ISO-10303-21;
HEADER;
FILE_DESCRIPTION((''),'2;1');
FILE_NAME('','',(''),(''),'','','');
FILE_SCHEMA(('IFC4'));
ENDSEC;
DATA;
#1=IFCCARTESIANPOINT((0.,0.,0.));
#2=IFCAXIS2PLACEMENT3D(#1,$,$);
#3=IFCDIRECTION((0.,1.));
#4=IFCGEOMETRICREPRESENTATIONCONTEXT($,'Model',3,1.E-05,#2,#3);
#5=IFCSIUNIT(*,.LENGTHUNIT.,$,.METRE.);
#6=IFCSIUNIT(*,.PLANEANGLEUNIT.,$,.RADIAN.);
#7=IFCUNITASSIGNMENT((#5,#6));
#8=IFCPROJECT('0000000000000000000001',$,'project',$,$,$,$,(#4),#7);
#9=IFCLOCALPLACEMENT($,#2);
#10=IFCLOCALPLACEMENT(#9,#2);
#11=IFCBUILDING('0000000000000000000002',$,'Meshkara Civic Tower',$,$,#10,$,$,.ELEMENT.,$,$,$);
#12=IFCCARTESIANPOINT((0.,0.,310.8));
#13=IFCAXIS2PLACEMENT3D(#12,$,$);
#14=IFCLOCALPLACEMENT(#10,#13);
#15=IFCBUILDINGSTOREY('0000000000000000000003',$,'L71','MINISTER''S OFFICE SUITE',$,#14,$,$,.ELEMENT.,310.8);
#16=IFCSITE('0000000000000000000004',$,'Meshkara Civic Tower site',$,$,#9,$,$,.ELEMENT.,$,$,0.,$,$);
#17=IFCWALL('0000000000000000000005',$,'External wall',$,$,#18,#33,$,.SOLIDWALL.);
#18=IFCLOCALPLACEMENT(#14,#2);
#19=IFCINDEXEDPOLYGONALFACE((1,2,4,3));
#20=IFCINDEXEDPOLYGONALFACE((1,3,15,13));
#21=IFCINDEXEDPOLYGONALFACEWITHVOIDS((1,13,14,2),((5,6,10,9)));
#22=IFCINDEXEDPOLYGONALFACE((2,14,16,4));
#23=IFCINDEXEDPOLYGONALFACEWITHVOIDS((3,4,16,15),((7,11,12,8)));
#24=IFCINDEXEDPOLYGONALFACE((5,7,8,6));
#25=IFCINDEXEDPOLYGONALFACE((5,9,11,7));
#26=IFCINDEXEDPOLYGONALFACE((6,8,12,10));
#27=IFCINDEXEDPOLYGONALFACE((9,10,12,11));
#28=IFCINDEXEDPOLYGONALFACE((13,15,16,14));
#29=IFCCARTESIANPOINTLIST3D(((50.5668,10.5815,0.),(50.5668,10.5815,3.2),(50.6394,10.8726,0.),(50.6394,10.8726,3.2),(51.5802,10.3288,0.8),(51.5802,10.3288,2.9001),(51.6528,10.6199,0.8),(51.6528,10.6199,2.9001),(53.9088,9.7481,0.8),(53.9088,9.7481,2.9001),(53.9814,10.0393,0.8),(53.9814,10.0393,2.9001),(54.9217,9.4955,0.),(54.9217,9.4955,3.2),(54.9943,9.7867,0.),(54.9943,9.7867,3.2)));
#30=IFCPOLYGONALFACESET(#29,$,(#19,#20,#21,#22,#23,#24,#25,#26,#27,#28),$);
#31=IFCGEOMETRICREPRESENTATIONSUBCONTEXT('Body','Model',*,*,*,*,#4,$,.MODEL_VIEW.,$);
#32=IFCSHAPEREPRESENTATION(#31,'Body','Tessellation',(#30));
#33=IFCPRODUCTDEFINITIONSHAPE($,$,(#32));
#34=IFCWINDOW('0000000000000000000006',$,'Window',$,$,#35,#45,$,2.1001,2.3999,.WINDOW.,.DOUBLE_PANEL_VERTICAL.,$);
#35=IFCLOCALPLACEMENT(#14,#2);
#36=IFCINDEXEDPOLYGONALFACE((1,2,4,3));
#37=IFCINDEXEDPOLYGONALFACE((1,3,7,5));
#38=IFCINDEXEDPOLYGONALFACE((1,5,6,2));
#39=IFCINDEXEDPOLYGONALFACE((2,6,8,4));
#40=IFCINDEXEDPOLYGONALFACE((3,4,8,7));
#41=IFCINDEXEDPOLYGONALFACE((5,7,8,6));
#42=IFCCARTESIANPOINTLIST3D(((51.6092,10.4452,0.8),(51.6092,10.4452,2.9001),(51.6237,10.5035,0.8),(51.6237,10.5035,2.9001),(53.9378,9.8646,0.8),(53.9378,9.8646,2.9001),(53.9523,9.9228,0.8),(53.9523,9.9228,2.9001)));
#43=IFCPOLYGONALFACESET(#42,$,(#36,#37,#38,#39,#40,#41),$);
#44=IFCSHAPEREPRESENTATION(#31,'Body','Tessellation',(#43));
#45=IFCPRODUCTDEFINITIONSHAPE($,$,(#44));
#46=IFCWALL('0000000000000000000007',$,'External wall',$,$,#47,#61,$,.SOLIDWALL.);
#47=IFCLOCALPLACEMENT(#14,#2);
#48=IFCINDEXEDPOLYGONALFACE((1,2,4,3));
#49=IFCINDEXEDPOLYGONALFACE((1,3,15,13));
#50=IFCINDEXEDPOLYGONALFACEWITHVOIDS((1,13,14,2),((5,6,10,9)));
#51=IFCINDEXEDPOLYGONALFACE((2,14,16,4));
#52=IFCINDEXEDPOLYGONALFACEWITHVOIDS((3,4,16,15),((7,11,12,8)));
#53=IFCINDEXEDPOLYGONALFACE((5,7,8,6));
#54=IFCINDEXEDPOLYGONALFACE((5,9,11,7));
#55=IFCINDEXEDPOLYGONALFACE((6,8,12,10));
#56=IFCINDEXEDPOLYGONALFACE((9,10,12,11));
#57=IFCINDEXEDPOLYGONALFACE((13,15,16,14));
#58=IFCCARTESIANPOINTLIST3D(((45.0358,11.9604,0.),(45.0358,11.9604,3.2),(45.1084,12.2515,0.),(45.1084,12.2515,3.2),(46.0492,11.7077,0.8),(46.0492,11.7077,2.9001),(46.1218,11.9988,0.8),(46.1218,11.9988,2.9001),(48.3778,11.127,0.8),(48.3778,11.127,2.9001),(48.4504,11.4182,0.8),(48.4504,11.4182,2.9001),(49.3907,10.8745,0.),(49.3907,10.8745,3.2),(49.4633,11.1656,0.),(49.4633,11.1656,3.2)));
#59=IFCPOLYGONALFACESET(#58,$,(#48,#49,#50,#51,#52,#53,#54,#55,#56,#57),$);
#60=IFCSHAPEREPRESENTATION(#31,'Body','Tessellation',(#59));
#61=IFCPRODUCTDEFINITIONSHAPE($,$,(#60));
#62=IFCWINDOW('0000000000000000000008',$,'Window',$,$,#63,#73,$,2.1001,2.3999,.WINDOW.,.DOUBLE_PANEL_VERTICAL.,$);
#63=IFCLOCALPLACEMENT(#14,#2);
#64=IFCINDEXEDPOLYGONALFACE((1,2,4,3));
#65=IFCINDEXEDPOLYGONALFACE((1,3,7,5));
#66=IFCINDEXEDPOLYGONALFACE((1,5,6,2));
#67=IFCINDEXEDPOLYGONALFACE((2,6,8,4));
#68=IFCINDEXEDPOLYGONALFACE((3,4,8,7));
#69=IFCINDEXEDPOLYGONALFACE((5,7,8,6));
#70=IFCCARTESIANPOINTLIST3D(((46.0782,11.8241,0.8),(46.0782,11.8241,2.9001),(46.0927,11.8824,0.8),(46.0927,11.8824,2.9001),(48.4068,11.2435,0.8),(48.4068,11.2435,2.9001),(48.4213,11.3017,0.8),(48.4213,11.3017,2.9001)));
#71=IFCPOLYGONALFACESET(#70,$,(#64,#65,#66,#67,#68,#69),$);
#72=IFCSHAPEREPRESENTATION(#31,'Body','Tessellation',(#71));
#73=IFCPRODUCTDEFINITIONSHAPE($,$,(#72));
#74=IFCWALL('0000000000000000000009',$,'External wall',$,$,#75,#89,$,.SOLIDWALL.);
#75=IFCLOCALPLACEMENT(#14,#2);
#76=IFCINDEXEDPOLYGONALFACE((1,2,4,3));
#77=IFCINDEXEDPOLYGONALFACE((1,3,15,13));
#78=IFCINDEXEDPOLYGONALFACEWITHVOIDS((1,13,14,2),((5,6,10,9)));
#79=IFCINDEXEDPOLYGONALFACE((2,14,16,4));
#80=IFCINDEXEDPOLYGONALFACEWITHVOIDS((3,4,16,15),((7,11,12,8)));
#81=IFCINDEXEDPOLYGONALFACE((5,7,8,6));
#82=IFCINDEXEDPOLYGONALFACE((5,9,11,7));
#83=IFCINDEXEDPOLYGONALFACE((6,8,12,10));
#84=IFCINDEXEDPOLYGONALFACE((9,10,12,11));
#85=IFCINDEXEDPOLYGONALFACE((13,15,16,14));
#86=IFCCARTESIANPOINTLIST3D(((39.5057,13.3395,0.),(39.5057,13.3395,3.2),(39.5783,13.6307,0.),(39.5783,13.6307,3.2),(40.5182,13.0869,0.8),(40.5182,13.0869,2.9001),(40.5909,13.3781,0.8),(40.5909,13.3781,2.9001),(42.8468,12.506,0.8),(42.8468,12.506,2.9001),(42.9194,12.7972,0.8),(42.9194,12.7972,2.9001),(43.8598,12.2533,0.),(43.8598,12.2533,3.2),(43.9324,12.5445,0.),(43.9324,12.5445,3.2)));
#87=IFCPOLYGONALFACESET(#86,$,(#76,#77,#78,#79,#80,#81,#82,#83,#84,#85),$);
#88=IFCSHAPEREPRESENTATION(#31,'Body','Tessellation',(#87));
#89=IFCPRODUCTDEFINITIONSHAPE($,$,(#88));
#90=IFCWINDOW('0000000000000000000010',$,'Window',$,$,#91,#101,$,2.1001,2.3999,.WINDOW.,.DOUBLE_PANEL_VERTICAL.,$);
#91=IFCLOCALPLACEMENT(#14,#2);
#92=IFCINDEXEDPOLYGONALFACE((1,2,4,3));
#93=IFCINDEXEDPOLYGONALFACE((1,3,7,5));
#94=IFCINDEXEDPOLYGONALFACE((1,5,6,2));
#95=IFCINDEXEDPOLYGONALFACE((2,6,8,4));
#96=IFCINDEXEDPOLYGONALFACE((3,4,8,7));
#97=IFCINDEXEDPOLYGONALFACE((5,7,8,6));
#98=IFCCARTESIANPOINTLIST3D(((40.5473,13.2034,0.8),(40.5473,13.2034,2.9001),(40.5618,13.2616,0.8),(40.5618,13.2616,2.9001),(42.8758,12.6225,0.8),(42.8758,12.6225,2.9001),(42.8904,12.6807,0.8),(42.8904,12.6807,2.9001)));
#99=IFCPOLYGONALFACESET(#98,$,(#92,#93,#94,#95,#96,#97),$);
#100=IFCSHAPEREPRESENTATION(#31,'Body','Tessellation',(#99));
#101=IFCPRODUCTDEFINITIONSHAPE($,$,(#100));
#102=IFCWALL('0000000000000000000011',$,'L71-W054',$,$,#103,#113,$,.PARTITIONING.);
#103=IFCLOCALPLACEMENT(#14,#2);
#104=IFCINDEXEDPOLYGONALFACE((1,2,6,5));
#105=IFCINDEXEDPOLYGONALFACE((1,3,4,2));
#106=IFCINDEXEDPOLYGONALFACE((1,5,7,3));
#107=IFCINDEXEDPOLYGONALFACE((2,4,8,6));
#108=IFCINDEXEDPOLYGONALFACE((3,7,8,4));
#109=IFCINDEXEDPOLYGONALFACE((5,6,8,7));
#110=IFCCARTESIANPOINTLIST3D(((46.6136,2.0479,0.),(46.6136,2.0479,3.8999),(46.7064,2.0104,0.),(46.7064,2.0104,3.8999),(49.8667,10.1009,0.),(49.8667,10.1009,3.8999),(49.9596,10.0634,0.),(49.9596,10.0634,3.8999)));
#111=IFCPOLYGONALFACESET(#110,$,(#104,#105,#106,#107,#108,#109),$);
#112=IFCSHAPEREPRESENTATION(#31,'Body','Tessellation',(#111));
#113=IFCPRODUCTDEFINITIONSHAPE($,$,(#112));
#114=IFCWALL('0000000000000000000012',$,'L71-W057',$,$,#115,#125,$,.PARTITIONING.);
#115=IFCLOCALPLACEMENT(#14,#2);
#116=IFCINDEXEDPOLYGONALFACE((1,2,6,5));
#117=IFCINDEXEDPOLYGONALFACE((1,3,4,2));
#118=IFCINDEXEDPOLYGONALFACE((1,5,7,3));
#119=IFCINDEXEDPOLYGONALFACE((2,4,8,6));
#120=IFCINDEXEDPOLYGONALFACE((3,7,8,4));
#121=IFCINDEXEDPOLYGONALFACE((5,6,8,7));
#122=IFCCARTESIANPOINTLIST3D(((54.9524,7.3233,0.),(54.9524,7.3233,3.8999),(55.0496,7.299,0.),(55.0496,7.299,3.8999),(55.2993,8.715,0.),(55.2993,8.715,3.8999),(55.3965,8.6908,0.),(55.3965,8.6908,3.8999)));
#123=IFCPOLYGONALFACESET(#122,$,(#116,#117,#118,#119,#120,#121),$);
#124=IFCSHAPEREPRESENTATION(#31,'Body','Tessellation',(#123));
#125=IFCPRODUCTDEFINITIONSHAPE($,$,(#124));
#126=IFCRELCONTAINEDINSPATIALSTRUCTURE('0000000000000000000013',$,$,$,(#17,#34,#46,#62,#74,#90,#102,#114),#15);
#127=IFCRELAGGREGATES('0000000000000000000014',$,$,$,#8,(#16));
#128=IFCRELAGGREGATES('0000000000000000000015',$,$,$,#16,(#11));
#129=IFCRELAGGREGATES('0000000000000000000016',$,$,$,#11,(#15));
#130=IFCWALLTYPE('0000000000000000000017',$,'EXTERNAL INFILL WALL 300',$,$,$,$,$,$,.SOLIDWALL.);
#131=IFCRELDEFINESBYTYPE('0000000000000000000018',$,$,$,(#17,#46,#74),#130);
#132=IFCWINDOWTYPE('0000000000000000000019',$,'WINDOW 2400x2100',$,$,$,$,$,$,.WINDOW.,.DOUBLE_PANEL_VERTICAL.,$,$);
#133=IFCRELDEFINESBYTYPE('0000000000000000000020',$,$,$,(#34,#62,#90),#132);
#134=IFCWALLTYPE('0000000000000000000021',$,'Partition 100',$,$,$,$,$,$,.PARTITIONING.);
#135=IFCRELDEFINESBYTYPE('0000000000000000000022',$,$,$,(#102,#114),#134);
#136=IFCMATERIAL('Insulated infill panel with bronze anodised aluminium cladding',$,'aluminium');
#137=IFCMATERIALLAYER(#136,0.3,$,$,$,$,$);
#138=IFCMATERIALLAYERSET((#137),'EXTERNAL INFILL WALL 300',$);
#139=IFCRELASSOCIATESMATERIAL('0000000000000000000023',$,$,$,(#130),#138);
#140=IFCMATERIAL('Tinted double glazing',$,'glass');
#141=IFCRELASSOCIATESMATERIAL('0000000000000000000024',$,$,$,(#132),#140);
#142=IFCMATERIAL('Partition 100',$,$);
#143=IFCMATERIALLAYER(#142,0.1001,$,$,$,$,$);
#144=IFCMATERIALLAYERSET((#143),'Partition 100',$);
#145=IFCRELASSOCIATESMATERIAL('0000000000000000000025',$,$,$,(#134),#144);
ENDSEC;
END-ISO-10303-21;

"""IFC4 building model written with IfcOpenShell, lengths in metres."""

from ifc_helpers import new_model, si_unit, direction, frame, frame_2d, origin, place, context, subcontext, project, spatial, rectangle, extrude, material, layer, layer_set, type_object, element, fill, save


model = new_model("IFC4")

# Units and contexts
model_context = context("Model", 3, precision=1e-05, world=origin(), true_north=direction((0.0, 1.0)))
body_context = subcontext(model_context, "Body", "Model", "MODEL_VIEW")
ifc_project = project(units=[si_unit("LENGTHUNIT", "METRE"), si_unit("PLANEANGLEUNIT", "RADIAN")], contexts=[model_context])

# Site, building, storey
site_placement = place(None, origin())
site = spatial("IfcSite", under=ifc_project, at=site_placement, Name="Meshkara Civic Tower site", CompositionType="ELEMENT", RefElevation=0.0)
building_placement = place(site_placement, origin())
building = spatial("IfcBuilding", under=site, at=building_placement, Name="Meshkara Civic Tower", CompositionType="ELEMENT")
storey_placement = place(building_placement, frame((0.0, 0.0, 310.8)))
storey = spatial("IfcBuildingStorey", under=building, at=storey_placement, Name="L71", Description="MINISTER'S OFFICE SUITE", CompositionType="ELEMENT", Elevation=310.8)

# Walls, openings, windows
ifc_material_1 = material(Name="Insulated infill panel with bronze anodised aluminium cladding", Category="aluminium")
ifc_layer_1 = layer(ifc_material_1, 0.3)
ifc_layer_set_1 = layer_set([ifc_layer_1], Name="EXTERNAL INFILL WALL 300")
wall_type_1 = type_object("IfcWallType", Name="EXTERNAL INFILL WALL 300", PredefinedType="SOLIDWALL", material=ifc_layer_set_1)
wall_1_placement = place(storey_placement, frame((54.958, 9.6411, 0.0), z_axis=(0.0, 0.0, 1.0), x_axis=(-0.97029, 0.241947, 0.0)))
wall_1 = element("IfcWall", 1, at=wall_1_placement, inside=storey, type_object=wall_type_1, Name="External wall", PredefinedType="SOLIDWALL", context=body_context, shape_type="SweptSolid", body=[
    extrude(rectangle(XDim=4.4883, YDim=0.3, at=frame_2d((2.2441, 0.0))), origin(), (0.0, 0.0, 1.0), 3.2),
])
opening_1_placement = place(wall_1_placement, frame((1.0439, 0.0, 0.8)))
opening_1 = element("IfcOpeningElement", 2, at=opening_1_placement, cuts=wall_1, PredefinedType="OPENING", context=body_context, shape_type="SweptSolid", body=[
    extrude(rectangle(XDim=2.3999, YDim=2.1001, at=frame_2d((1.2, 1.05))), frame((0.0, 0.1599, 0.0), z_axis=(0.0, -1.0, 0.0), x_axis=(1.0, 0.0, 0.0)), (0.0, 0.0, 1.0), 0.3201),
])
ifc_material_2 = material(Name="Tinted double glazing", Category="glass")
window_type = type_object("IfcWindowType", Name="WINDOW 2400x2100", PartitioningType="DOUBLE_PANEL_VERTICAL", PredefinedType="WINDOW", material=ifc_material_2)
window_1_placement = place(opening_1_placement, origin())
window_1 = element("IfcWindow", 3, at=window_1_placement, inside=storey, type_object=window_type, Name="Window", OverallHeight=2.1001, OverallWidth=2.3999, PartitioningType="DOUBLE_PANEL_VERTICAL", PredefinedType="WINDOW", context=body_context, shape_type="SweptSolid", body=[
    extrude(rectangle(XDim=2.3999, YDim=2.1001, at=frame_2d((1.2, 1.05))), frame((0.0, 0.03, 0.0), z_axis=(0.0, -1.0, 0.0), x_axis=(1.0, 0.0, 0.0)), (0.0, 0.0, 1.0), 0.0601),
])
fill(opening_1, window_1)
wall_2_placement = place(storey_placement, frame((49.427, 11.02, 0.0), z_axis=(0.0, 0.0, 1.0), x_axis=(-0.97029, 0.241947, 0.0)))
wall_2 = element("IfcWall", 4, at=wall_2_placement, inside=storey, type_object=wall_type_1, Name="External wall", PredefinedType="SOLIDWALL", context=body_context, shape_type="SweptSolid", body=[
    extrude(rectangle(XDim=4.4883, YDim=0.3, at=frame_2d((2.2441, 0.0))), origin(), (0.0, 0.0, 1.0), 3.2),
])
opening_2_placement = place(wall_2_placement, frame((1.0439, 0.0, 0.8)))
opening_2 = element("IfcOpeningElement", 5, at=opening_2_placement, cuts=wall_2, PredefinedType="OPENING", context=body_context, shape_type="SweptSolid", body=[
    extrude(rectangle(XDim=2.3999, YDim=2.1001, at=frame_2d((1.2, 1.05))), frame((0.0, 0.1599, 0.0), z_axis=(0.0, -1.0, 0.0), x_axis=(1.0, 0.0, 0.0)), (0.0, 0.0, 1.0), 0.3201),
])
window_2_placement = place(opening_2_placement, origin())
window_2 = element("IfcWindow", 6, at=window_2_placement, inside=storey, type_object=window_type, Name="Window", OverallHeight=2.1001, OverallWidth=2.3999, PartitioningType="DOUBLE_PANEL_VERTICAL", PredefinedType="WINDOW", context=body_context, shape_type="SweptSolid", body=[
    extrude(rectangle(XDim=2.3999, YDim=2.1001, at=frame_2d((1.2, 1.05))), frame((0.0, 0.03, 0.0), z_axis=(0.0, -1.0, 0.0), x_axis=(1.0, 0.0, 0.0)), (0.0, 0.0, 1.0), 0.0601),
])
fill(opening_2, window_2)
wall_3_placement = place(storey_placement, frame((43.896, 12.3989, 0.0), z_axis=(0.0, 0.0, 1.0), x_axis=(-0.970264, 0.242049, 0.0)))
wall_3 = element("IfcWall", 7, at=wall_3_placement, inside=storey, type_object=wall_type_1, Name="External wall", PredefinedType="SOLIDWALL", context=body_context, shape_type="SweptSolid", body=[
    extrude(rectangle(XDim=4.4875, YDim=0.3, at=frame_2d((2.2437, 0.0))), origin(), (0.0, 0.0, 1.0), 3.2),
])
opening_3_placement = place(wall_3_placement, frame((1.0439, 0.0, 0.8)))
opening_3 = element("IfcOpeningElement", 8, at=opening_3_placement, cuts=wall_3, PredefinedType="OPENING", context=body_context, shape_type="SweptSolid", body=[
    extrude(rectangle(XDim=2.3999, YDim=2.1001, at=frame_2d((1.2, 1.05))), frame((0.0, 0.1599, 0.0), z_axis=(0.0, -1.0, 0.0), x_axis=(1.0, 0.0, 0.0)), (0.0, 0.0, 1.0), 0.3201),
])
window_3_placement = place(opening_3_placement, origin())
window_3 = element("IfcWindow", 9, at=window_3_placement, inside=storey, type_object=window_type, Name="Window", OverallHeight=2.1001, OverallWidth=2.3999, PartitioningType="DOUBLE_PANEL_VERTICAL", PredefinedType="WINDOW", context=body_context, shape_type="SweptSolid", body=[
    extrude(rectangle(XDim=2.3999, YDim=2.1001, at=frame_2d((1.2, 1.05))), frame((0.0, 0.03, 0.0), z_axis=(0.0, -1.0, 0.0), x_axis=(1.0, 0.0, 0.0)), (0.0, 0.0, 1.0), 0.0601),
])
fill(opening_3, window_3)

# Walls
ifc_material_3 = material(Name="Partition 100")
ifc_layer_2 = layer(ifc_material_3, 0.1001)
ifc_layer_set_2 = layer_set([ifc_layer_2], Name="Partition 100")
wall_type_2 = type_object("IfcWallType", Name="Partition 100", PredefinedType="PARTITIONING", material=ifc_layer_set_2)
wall_4_placement = place(storey_placement, frame((46.6599, 2.0291, 0.0), z_axis=(0.0, 0.0, 1.0), x_axis=(0.374563, 0.927201, 0.0)))
element("IfcWall", 10, at=wall_4_placement, inside=storey, type_object=wall_type_2, Name="L71-W054", PredefinedType="PARTITIONING", context=body_context, shape_type="SweptSolid", body=[
    extrude(rectangle(XDim=8.6853, YDim=0.1001, at=frame_2d((4.3428, 0.0))), origin(), (0.0, 0.0, 1.0), 3.8999),
])
wall_5_placement = place(storey_placement, frame((55.001, 7.311, 0.0), z_axis=(0.0, 0.0, 1.0), x_axis=(0.241855, 0.970312, 0.0)))
element("IfcWall", 11, at=wall_5_placement, inside=storey, type_object=wall_type_2, Name="L71-W057", PredefinedType="PARTITIONING", context=body_context, shape_type="SweptSolid", body=[
    extrude(rectangle(XDim=1.4343, YDim=0.1001, at=frame_2d((0.7173, 0.0))), origin(), (0.0, 0.0, 1.0), 3.8999),
])

save(model, "model.ifc")
